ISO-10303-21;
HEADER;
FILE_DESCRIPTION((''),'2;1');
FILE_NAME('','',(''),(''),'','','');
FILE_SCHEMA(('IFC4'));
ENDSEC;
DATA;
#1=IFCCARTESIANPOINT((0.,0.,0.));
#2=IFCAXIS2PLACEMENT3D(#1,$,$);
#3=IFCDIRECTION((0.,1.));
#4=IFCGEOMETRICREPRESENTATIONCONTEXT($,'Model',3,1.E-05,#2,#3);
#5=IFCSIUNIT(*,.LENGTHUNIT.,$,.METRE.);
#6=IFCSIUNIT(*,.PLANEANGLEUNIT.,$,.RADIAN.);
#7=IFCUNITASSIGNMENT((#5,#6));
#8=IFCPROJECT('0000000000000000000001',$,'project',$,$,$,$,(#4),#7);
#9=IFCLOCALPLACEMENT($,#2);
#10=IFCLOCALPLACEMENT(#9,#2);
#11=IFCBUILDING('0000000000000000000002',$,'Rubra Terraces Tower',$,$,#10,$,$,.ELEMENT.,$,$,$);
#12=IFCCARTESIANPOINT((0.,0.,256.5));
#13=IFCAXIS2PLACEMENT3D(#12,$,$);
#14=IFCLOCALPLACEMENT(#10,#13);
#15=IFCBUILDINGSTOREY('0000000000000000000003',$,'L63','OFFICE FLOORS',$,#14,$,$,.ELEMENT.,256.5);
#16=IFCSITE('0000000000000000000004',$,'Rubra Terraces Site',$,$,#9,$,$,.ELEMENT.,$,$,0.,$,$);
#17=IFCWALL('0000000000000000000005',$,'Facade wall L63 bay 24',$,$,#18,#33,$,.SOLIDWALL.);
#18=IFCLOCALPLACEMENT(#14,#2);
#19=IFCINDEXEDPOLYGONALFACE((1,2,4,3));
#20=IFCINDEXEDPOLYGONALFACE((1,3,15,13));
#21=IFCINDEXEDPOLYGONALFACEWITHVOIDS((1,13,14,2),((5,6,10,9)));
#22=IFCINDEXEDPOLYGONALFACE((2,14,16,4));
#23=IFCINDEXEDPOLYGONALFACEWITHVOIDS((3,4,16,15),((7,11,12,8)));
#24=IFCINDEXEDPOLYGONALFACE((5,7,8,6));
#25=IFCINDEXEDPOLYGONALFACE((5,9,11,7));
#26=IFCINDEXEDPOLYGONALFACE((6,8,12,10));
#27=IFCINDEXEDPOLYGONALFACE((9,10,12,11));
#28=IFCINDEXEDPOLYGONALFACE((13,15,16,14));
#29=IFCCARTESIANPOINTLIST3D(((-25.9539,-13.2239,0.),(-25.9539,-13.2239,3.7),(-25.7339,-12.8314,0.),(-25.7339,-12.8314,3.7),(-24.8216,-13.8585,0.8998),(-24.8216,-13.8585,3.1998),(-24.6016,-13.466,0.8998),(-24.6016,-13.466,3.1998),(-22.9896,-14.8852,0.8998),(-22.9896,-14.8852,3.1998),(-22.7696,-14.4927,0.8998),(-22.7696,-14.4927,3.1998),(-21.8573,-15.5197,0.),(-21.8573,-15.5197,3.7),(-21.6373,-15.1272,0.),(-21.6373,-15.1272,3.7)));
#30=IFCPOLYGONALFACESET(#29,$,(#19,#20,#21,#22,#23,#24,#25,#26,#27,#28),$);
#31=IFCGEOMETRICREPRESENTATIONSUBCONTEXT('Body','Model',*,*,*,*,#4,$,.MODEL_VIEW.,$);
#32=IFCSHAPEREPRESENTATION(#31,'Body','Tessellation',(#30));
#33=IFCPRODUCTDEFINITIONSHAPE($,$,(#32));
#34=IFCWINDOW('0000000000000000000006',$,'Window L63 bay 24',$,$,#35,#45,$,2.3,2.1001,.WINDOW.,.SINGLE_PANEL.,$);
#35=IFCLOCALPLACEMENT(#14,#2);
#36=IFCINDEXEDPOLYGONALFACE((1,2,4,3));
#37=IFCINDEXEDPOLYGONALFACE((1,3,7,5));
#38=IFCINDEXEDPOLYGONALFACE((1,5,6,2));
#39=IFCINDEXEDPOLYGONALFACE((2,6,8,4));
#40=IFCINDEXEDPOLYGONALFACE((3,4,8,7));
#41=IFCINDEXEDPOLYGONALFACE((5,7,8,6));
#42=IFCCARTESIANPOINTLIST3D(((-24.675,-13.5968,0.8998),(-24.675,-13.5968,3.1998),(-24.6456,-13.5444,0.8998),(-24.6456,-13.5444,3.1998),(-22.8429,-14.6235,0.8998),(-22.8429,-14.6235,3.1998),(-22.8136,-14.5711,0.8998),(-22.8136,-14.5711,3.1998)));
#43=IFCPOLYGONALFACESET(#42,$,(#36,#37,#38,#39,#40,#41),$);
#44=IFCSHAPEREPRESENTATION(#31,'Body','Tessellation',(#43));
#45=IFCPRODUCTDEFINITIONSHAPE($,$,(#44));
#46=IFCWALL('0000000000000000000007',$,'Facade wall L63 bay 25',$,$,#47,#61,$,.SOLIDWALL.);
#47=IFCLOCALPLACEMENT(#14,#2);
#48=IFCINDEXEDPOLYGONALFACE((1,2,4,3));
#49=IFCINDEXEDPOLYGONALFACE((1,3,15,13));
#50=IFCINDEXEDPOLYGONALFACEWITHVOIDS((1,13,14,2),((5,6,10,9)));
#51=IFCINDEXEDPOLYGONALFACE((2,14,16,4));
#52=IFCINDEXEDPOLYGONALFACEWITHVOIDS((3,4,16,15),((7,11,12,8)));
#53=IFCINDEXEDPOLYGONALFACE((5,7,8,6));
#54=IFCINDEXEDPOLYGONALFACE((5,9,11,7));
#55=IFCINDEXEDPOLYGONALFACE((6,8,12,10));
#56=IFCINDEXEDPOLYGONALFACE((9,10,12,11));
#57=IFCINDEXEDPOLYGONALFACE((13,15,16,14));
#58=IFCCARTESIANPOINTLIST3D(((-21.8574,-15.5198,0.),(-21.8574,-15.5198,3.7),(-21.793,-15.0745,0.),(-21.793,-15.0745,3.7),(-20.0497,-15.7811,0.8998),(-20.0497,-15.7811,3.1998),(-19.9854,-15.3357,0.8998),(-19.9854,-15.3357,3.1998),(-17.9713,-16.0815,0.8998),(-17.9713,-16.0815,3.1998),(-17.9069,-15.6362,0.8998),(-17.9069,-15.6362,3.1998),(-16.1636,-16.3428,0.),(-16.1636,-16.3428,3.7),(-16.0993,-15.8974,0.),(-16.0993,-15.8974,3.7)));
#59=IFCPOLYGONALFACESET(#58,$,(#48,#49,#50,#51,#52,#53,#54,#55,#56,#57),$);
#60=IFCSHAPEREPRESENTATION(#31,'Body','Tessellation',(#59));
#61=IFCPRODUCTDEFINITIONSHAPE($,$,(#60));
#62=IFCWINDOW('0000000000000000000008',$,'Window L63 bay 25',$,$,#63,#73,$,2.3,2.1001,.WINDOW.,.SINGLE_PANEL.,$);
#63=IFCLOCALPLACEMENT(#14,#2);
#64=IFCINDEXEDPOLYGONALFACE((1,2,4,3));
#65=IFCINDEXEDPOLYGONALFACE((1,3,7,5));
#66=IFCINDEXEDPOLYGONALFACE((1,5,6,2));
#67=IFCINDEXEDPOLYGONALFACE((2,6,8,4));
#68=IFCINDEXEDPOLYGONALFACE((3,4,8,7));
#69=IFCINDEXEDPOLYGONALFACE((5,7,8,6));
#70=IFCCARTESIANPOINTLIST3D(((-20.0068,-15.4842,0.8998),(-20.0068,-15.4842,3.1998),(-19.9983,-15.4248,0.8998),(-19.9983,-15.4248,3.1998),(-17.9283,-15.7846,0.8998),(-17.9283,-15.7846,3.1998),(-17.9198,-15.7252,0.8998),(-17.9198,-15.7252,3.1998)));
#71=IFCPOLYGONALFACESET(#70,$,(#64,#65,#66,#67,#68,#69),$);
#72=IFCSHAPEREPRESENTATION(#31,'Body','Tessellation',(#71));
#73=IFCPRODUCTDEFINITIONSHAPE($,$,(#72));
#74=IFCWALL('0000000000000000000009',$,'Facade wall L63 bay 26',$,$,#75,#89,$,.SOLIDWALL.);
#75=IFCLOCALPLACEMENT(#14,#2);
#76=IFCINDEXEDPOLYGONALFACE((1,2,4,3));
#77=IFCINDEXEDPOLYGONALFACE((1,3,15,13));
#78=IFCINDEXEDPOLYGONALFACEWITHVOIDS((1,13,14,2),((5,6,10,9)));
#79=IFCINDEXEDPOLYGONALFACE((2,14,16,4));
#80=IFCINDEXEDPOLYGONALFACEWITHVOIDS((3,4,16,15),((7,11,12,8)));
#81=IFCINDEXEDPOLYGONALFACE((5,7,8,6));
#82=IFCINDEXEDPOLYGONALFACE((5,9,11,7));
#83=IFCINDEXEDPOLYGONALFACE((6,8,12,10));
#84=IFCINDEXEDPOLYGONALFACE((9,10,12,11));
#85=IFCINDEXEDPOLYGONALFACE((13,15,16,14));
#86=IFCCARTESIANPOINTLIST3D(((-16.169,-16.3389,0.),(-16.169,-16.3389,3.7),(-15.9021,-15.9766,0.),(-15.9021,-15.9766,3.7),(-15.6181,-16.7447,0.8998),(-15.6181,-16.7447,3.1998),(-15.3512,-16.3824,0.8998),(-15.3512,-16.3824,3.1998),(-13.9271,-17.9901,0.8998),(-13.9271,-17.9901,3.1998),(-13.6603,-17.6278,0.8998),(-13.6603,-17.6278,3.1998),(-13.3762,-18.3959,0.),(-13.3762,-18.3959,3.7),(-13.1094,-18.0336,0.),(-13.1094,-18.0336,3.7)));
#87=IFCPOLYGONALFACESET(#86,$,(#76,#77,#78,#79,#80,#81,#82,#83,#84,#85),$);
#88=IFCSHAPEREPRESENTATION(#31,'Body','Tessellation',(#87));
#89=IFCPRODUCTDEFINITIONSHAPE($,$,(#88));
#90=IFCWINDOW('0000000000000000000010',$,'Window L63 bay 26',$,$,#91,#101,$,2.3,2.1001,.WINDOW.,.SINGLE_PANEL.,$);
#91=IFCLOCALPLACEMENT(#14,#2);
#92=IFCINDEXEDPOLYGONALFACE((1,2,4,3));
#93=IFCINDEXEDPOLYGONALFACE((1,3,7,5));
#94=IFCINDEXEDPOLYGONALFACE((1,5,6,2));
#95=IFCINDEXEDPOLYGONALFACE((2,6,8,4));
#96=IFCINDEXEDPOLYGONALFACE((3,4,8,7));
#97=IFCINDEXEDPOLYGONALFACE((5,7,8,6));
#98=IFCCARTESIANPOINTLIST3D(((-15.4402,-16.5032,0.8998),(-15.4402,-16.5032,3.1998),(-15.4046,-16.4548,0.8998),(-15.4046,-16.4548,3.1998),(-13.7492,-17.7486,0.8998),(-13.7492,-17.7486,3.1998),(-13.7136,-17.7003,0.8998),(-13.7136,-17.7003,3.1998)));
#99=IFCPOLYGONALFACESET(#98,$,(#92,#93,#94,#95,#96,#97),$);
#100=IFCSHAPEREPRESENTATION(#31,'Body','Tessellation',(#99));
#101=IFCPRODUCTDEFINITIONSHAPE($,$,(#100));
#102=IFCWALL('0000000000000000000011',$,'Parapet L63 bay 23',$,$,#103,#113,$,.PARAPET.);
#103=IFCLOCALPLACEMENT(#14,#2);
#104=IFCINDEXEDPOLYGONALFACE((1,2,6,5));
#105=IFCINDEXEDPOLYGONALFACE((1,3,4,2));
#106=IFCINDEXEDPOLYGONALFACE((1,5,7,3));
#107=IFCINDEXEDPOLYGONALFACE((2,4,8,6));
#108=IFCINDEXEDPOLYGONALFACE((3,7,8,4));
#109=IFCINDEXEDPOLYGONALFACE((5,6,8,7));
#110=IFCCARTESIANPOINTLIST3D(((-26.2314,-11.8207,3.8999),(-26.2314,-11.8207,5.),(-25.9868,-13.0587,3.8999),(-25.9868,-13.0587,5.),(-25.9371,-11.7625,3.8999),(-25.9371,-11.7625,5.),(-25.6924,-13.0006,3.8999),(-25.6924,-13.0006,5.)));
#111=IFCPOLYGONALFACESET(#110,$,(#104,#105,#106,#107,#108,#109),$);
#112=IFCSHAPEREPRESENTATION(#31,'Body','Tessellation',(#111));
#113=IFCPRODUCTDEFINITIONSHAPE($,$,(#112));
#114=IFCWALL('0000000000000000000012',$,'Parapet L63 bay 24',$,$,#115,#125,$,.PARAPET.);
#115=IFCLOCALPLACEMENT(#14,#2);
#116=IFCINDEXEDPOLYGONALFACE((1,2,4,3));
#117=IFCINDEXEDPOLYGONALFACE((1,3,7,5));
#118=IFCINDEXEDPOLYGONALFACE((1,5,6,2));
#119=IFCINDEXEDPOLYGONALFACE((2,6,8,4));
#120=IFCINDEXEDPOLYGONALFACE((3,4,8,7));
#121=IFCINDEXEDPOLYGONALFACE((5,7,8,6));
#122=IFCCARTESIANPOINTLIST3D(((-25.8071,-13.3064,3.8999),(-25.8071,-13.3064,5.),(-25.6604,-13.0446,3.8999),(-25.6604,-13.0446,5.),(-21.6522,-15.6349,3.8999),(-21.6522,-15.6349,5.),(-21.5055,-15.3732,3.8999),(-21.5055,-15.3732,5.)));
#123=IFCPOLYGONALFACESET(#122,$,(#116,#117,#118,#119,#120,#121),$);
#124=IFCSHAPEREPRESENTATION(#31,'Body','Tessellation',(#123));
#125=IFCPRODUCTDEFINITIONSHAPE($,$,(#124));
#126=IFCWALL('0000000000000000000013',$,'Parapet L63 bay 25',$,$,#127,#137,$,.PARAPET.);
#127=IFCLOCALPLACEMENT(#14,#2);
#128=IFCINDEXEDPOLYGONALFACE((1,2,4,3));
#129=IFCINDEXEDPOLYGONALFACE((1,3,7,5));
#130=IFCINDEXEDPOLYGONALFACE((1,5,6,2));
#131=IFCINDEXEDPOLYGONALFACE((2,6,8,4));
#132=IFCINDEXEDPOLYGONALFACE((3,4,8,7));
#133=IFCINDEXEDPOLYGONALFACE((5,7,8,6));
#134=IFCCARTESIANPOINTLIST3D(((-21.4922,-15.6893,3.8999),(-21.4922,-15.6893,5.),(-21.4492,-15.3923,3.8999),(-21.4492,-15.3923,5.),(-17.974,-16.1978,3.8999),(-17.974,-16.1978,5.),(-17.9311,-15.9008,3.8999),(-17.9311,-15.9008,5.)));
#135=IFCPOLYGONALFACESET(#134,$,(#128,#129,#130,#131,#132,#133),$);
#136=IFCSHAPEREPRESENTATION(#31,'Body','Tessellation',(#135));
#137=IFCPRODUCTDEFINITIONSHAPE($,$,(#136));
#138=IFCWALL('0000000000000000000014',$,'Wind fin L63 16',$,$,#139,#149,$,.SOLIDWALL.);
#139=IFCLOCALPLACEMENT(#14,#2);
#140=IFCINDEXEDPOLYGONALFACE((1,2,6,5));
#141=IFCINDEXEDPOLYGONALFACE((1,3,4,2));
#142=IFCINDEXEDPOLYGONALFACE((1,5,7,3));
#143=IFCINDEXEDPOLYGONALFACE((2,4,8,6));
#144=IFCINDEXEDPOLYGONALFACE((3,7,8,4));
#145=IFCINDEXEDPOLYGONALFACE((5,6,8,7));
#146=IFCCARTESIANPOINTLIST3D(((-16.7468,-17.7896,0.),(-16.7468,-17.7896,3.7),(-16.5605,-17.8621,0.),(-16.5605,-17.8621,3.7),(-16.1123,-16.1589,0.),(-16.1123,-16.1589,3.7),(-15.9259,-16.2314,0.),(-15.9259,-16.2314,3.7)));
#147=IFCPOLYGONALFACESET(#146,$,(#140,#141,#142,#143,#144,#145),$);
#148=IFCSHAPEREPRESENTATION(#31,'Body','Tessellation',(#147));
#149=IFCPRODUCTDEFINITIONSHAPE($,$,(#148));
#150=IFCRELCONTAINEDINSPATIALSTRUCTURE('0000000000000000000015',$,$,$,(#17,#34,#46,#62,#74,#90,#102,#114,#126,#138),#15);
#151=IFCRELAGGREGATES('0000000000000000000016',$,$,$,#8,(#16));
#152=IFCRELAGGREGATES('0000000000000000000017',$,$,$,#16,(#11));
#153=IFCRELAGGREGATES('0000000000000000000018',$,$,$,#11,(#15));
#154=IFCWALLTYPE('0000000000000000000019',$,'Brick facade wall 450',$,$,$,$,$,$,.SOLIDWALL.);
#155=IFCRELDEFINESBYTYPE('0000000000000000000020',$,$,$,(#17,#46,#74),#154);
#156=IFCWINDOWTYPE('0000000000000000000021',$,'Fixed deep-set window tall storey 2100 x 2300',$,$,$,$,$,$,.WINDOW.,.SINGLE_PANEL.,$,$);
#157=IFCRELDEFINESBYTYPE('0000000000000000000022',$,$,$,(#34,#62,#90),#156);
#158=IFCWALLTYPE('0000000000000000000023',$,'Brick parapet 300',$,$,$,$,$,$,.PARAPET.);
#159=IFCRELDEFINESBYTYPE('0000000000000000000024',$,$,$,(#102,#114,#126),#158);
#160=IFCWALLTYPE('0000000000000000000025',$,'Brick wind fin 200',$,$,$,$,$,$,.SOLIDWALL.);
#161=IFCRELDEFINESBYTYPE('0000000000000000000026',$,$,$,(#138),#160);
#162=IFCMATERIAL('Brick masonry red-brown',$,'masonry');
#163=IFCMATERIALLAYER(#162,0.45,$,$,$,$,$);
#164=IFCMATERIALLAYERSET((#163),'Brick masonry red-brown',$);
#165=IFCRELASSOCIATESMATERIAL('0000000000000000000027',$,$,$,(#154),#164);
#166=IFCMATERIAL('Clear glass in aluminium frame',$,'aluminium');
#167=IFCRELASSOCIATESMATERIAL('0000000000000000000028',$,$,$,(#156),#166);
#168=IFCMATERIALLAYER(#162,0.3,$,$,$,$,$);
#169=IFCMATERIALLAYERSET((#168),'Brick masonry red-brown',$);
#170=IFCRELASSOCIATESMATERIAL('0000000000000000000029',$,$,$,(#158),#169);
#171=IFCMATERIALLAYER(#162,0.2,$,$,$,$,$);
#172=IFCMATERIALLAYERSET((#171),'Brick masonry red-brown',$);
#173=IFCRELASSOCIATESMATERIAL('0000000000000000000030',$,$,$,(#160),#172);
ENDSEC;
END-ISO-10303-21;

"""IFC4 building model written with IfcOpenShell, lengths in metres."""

from ifc_helpers import new_model, si_unit, direction, frame, frame_2d, origin, place, context, subcontext, project, spatial, rectangle, extrude, material, layer, layer_set, type_object, element, fill, save


model = new_model("IFC4")

# Units and contexts
model_context = context("Model", 3, precision=1e-05, world=origin(), true_north=direction((0.0, 1.0)))
body_context = subcontext(model_context, "Body", "Model", "MODEL_VIEW")
ifc_project = project(units=[si_unit("LENGTHUNIT", "METRE"), si_unit("PLANEANGLEUNIT", "RADIAN")], contexts=[model_context])

# Site, building, storey
site_placement = place(None, origin())
site = spatial("IfcSite", under=ifc_project, at=site_placement, Name="Rubra Terraces Site", CompositionType="ELEMENT", RefElevation=0.0)
building_placement = place(site_placement, origin())
building = spatial("IfcBuilding", under=site, at=building_placement, Name="Rubra Terraces Tower", CompositionType="ELEMENT")
storey_placement = place(building_placement, frame((0.0, 0.0, 256.5)))
storey = spatial("IfcBuildingStorey", under=building, at=storey_placement, Name="L63", Description="OFFICE FLOORS", CompositionType="ELEMENT", Elevation=256.5)

# Shared definitions
ifc_material_1 = material(Name="Brick masonry red-brown", Category="masonry")

# Walls, openings, windows
ifc_layer_1 = layer(ifc_material_1, 0.45)
ifc_layer_set_1 = layer_set([ifc_layer_1], Name="Brick masonry red-brown")
wall_type_1 = type_object("IfcWallType", Name="Brick facade wall 450", PredefinedType="SOLIDWALL", material=ifc_layer_set_1)
wall_1_placement = place(storey_placement, frame((-25.844, -13.0276, 0.0), z_axis=(0.0, 0.0, 1.0), x_axis=(0.872346, -0.488888, 0.0)))
wall_1 = element("IfcWall", 1, at=wall_1_placement, inside=storey, type_object=wall_type_1, Name="Facade wall L63 bay 24", PredefinedType="SOLIDWALL", context=body_context, shape_type="SweptSolid", body=[
    extrude(rectangle(XDim=4.696, YDim=0.45, at=frame_2d((2.3481, 0.0))), origin(), (0.0, 0.0, 1.0), 3.7),
])
opening_1_placement = place(wall_1_placement, frame((1.2981, 0.0, 0.8999)))
opening_1 = element("IfcOpeningElement", 2, at=opening_1_placement, cuts=wall_1, PredefinedType="OPENING", context=body_context, shape_type="SweptSolid", body=[
    extrude(rectangle(XDim=2.1001, YDim=2.3, at=frame_2d((1.05, 1.1499))), frame((0.0, 0.2349, 0.0), z_axis=(0.0, -1.0, 0.0), x_axis=(1.0, 0.0, 0.0)), (0.0, 0.0, 1.0), 0.47),
])
ifc_material_2 = material(Name="Clear glass in aluminium frame", Category="aluminium")
window_type = type_object("IfcWindowType", Name="Fixed deep-set window tall storey 2100 x 2300", PartitioningType="SINGLE_PANEL", PredefinedType="WINDOW", material=ifc_material_2)
window_1_placement = place(opening_1_placement, origin())
window_1 = element("IfcWindow", 3, at=window_1_placement, inside=storey, type_object=window_type, Name="Window L63 bay 24", OverallHeight=2.3, OverallWidth=2.1001, PartitioningType="SINGLE_PANEL", PredefinedType="WINDOW", context=body_context, shape_type="SweptSolid", body=[
    extrude(rectangle(XDim=2.1001, YDim=2.3, at=frame_2d((1.05, 1.1499))), frame((0.0, 0.135, 0.0), z_axis=(0.0, -1.0, 0.0), x_axis=(1.0, 0.0, 0.0)), (0.0, 0.0, 1.0), 0.0601),
])
fill(opening_1, window_1)
wall_2_placement = place(storey_placement, frame((-21.8252, -15.2971, 0.0), z_axis=(0.0, 0.0, 1.0), x_axis=(0.989715, -0.143055, 0.0)))
wall_2 = element("IfcWall", 4, at=wall_2_placement, inside=storey, type_object=wall_type_1, Name="Facade wall L63 bay 25", PredefinedType="SOLIDWALL", context=body_context, shape_type="SweptSolid", body=[
    extrude(rectangle(XDim=5.7529, YDim=0.45, at=frame_2d((2.8765, 0.0))), origin(), (0.0, 0.0, 1.0), 3.7),
])
opening_2_placement = place(wall_2_placement, frame((1.8264, 0.0, 0.8999)))
opening_2 = element("IfcOpeningElement", 5, at=opening_2_placement, cuts=wall_2, PredefinedType="OPENING", context=body_context, shape_type="SweptSolid", body=[
    extrude(rectangle(XDim=2.1001, YDim=2.3, at=frame_2d((1.05, 1.1499))), frame((0.0, 0.2349, 0.0), z_axis=(0.0, -1.0, 0.0), x_axis=(1.0, 0.0, 0.0)), (0.0, 0.0, 1.0), 0.47),
])
window_2_placement = place(opening_2_placement, origin())
window_2 = element("IfcWindow", 6, at=window_2_placement, inside=storey, type_object=window_type, Name="Window L63 bay 25", OverallHeight=2.3, OverallWidth=2.1001, PartitioningType="SINGLE_PANEL", PredefinedType="WINDOW", context=body_context, shape_type="SweptSolid", body=[
    extrude(rectangle(XDim=2.1001, YDim=2.3, at=frame_2d((1.05, 1.1499))), frame((0.0, 0.135, 0.0), z_axis=(0.0, -1.0, 0.0), x_axis=(1.0, 0.0, 0.0)), (0.0, 0.0, 1.0), 0.0601),
])
fill(opening_2, window_2)
wall_3_placement = place(storey_placement, frame((-16.0356, -16.1577, 0.0), z_axis=(0.0, 0.0, 1.0), x_axis=(0.805181, -0.593029, 0.0)))
wall_3 = element("IfcWall", 7, at=wall_3_placement, inside=storey, type_object=wall_type_1, Name="Facade wall L63 bay 26", PredefinedType="SOLIDWALL", context=body_context, shape_type="SweptSolid", body=[
    extrude(rectangle(XDim=3.4685, YDim=0.45, at=frame_2d((1.7344, 0.0))), origin(), (0.0, 0.0, 1.0), 3.7),
])
opening_3_placement = place(wall_3_placement, frame((0.6843, 0.0, 0.8999)))
opening_3 = element("IfcOpeningElement", 8, at=opening_3_placement, cuts=wall_3, PredefinedType="OPENING", context=body_context, shape_type="SweptSolid", body=[
    extrude(rectangle(XDim=2.1001, YDim=2.3, at=frame_2d((1.05, 1.1499))), frame((0.0, 0.2349, 0.0), z_axis=(0.0, -1.0, 0.0), x_axis=(1.0, 0.0, 0.0)), (0.0, 0.0, 1.0), 0.47),
])
window_3_placement = place(opening_3_placement, origin())
window_3 = element("IfcWindow", 9, at=window_3_placement, inside=storey, type_object=window_type, Name="Window L63 bay 26", OverallHeight=2.3, OverallWidth=2.1001, PartitioningType="SINGLE_PANEL", PredefinedType="WINDOW", context=body_context, shape_type="SweptSolid", body=[
    extrude(rectangle(XDim=2.1001, YDim=2.3, at=frame_2d((1.05, 1.1499))), frame((0.0, 0.135, 0.0), z_axis=(0.0, -1.0, 0.0), x_axis=(1.0, 0.0, 0.0)), (0.0, 0.0, 1.0), 0.0601),
])
fill(opening_3, window_3)

# Walls
ifc_layer_2 = layer(ifc_material_1, 0.3)
ifc_layer_set_2 = layer_set([ifc_layer_2], Name="Brick masonry red-brown")
wall_type_2 = type_object("IfcWallType", Name="Brick parapet 300", PredefinedType="PARAPET", material=ifc_layer_set_2)
wall_4_placement = place(storey_placement, frame((-26.0842, -11.7917, 3.8999), z_axis=(0.0, 0.0, 1.0), x_axis=(0.193846, -0.981032, 0.0)))
element("IfcWall", 10, at=wall_4_placement, inside=storey, type_object=wall_type_2, Name="Parapet L63 bay 23", PredefinedType="PARAPET", context=body_context, shape_type="SweptSolid", body=[
    extrude(rectangle(XDim=1.262, YDim=0.3, at=frame_2d((0.6309, 0.0))), origin(), (0.0, 0.0, 1.0), 1.1001),
])
wall_5_placement = place(storey_placement, frame((-25.7336, -13.1755, 3.8999), z_axis=(0.0, 0.0, 1.0), x_axis=(0.872345, -0.488891, 0.0)))
element("IfcWall", 11, at=wall_5_placement, inside=storey, type_object=wall_type_2, Name="Parapet L63 bay 24", PredefinedType="PARAPET", context=body_context, shape_type="SweptSolid", body=[
    extrude(rectangle(XDim=4.7629, YDim=0.3, at=frame_2d((2.3813, 0.0))), origin(), (0.0, 0.0, 1.0), 1.1001),
])
wall_6_placement = place(storey_placement, frame((-21.4707, -15.5408, 3.8999), z_axis=(0.0, 0.0, 1.0), x_axis=(0.989713, -0.143065, 0.0)))
element("IfcWall", 12, at=wall_6_placement, inside=storey, type_object=wall_type_2, Name="Parapet L63 bay 25", PredefinedType="PARAPET", context=body_context, shape_type="SweptSolid", body=[
    extrude(rectangle(XDim=3.5547, YDim=0.3, at=frame_2d((1.7773, 0.0))), origin(), (0.0, 0.0, 1.0), 1.1001),
])
ifc_layer_3 = layer(ifc_material_1, 0.2)
ifc_layer_set_3 = layer_set([ifc_layer_3], Name="Brick masonry red-brown")
wall_type_3 = type_object("IfcWallType", Name="Brick wind fin 200", PredefinedType="SOLIDWALL", material=ifc_layer_set_3)
wall_7_placement = place(storey_placement, frame((-16.019, -16.1951, 0.0), z_axis=(0.0, 0.0, 1.0), x_axis=(-0.362642, -0.931929, 0.0)))
element("IfcWall", 13, at=wall_7_placement, inside=storey, type_object=wall_type_3, Name="Wind fin L63 16", PredefinedType="SOLIDWALL", context=body_context, shape_type="SweptSolid", body=[
    extrude(rectangle(XDim=1.7498, YDim=0.2, at=frame_2d((0.875, 0.0))), origin(), (0.0, 0.0, 1.0), 3.7),
])

save(model, "model.ifc")
